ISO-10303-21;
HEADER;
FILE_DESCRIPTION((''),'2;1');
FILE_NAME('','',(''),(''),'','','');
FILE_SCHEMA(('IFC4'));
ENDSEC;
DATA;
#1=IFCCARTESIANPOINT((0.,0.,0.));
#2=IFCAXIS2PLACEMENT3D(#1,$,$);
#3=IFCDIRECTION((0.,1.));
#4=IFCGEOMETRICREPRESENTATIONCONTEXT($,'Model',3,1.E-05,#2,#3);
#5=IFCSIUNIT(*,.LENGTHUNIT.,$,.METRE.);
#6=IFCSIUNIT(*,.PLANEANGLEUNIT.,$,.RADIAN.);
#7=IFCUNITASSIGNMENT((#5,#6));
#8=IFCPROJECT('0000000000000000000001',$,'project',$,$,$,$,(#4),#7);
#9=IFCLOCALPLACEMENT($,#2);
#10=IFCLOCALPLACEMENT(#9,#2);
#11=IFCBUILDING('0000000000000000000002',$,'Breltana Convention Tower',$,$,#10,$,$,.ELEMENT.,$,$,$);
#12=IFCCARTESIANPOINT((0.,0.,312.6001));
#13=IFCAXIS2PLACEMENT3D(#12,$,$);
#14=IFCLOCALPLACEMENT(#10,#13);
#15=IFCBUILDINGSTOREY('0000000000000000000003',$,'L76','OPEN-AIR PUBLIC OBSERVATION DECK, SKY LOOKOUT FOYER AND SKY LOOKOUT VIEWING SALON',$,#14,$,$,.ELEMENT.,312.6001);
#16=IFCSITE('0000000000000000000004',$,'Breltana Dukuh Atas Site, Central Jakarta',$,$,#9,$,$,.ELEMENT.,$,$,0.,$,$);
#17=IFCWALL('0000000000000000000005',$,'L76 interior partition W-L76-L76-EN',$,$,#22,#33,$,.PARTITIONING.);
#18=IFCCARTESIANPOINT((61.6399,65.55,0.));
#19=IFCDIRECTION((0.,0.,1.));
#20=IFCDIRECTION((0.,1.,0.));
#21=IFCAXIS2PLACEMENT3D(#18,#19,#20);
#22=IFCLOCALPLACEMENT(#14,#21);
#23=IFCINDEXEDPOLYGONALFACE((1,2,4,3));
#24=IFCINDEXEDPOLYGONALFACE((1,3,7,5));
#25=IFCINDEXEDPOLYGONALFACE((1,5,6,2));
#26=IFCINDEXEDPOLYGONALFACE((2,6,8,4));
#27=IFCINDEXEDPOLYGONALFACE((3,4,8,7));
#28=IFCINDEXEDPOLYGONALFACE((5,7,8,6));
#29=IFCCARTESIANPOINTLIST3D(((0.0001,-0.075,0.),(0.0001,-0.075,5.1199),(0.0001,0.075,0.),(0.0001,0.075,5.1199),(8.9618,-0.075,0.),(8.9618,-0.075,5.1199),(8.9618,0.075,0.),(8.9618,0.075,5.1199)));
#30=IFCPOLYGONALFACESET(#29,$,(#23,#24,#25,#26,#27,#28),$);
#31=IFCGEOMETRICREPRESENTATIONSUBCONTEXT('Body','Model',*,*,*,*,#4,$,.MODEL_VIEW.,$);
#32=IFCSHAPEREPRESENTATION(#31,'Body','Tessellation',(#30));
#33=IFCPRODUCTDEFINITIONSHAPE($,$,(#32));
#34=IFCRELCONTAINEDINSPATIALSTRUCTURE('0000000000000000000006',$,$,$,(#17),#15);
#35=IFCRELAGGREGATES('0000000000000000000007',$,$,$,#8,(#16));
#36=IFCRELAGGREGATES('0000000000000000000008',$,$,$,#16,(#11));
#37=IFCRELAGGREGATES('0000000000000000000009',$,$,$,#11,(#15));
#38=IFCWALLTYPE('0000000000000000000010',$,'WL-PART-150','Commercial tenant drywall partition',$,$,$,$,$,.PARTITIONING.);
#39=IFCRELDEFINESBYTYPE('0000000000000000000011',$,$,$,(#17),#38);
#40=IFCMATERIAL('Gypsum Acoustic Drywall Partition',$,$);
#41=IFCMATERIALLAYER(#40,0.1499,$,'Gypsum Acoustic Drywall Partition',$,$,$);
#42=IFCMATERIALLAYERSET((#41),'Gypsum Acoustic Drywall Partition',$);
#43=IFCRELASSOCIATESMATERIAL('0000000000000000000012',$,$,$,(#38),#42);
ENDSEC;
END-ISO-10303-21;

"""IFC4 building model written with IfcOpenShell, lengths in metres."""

from ifc_helpers import new_model, si_unit, direction, frame, frame_2d, origin, place, context, subcontext, project, spatial, rectangle, extrude, source, transform, mapped, material, layer, layer_set, type_object, element, save


model = new_model("IFC4")

# Units and contexts
model_context = context("Model", 3, precision=1e-05, world=origin(), true_north=direction((0.0, 1.0)))
body_context = subcontext(model_context, "Body", "Model", "MODEL_VIEW")
ifc_project = project(units=[si_unit("LENGTHUNIT", "METRE"), si_unit("PLANEANGLEUNIT", "RADIAN")], contexts=[model_context])

# Site, building, storey
site_placement = place(None, origin())
site = spatial("IfcSite", under=ifc_project, at=site_placement, Name="Breltana Dukuh Atas Site, Central Jakarta", CompositionType="ELEMENT", RefElevation=0.0)
building_placement = place(site_placement, origin())
building = spatial("IfcBuilding", under=site, at=building_placement, Name="Breltana Convention Tower", CompositionType="ELEMENT")
storey_placement = place(building_placement, frame((0.0, 0.0, 312.6001)))
storey = spatial("IfcBuildingStorey", under=building, at=storey_placement, Name="L76", Description="OPEN-AIR PUBLIC OBSERVATION DECK, SKY LOOKOUT FOYER AND SKY LOOKOUT VIEWING SALON", CompositionType="ELEMENT", Elevation=312.6001)

# Wall
ifc_material_1 = material(Name="Gypsum Acoustic Drywall Partition")
ifc_layer_1 = layer(ifc_material_1, 0.1499, Name="Gypsum Acoustic Drywall Partition")
ifc_layer_set_1 = layer_set([ifc_layer_1], Name="Gypsum Acoustic Drywall Partition")
wall_type_1 = type_object("IfcWallType", Name="WL-PART-150", Description="Commercial tenant drywall partition", PredefinedType="PARTITIONING", material=ifc_layer_set_1)
shared_shape_1 = source(origin(), body_context, "Body", "SweptSolid", [
    extrude(rectangle(XDim=8.9617, YDim=0.1499, at=frame_2d((4.481, 0.0))), origin(), (0.0, 0.0, 1.0), 5.1199),
])
wall_1_placement = place(storey_placement, frame((61.6399, 65.55, 0.0), z_axis=(0.0, 0.0, 1.0), x_axis=(0.0, 1.0, 0.0)))
element("IfcWall", 1, at=wall_1_placement, inside=storey, type_object=wall_type_1, Name="L76 interior partition W-L76-L76-EN", PredefinedType="PARTITIONING", context=body_context, shape_type="MappedRepresentation", body=[
    mapped(shared_shape_1, transform((0.0, 0.0, 0.0), scale=1.0)),
])

save(model, "model.ifc")
